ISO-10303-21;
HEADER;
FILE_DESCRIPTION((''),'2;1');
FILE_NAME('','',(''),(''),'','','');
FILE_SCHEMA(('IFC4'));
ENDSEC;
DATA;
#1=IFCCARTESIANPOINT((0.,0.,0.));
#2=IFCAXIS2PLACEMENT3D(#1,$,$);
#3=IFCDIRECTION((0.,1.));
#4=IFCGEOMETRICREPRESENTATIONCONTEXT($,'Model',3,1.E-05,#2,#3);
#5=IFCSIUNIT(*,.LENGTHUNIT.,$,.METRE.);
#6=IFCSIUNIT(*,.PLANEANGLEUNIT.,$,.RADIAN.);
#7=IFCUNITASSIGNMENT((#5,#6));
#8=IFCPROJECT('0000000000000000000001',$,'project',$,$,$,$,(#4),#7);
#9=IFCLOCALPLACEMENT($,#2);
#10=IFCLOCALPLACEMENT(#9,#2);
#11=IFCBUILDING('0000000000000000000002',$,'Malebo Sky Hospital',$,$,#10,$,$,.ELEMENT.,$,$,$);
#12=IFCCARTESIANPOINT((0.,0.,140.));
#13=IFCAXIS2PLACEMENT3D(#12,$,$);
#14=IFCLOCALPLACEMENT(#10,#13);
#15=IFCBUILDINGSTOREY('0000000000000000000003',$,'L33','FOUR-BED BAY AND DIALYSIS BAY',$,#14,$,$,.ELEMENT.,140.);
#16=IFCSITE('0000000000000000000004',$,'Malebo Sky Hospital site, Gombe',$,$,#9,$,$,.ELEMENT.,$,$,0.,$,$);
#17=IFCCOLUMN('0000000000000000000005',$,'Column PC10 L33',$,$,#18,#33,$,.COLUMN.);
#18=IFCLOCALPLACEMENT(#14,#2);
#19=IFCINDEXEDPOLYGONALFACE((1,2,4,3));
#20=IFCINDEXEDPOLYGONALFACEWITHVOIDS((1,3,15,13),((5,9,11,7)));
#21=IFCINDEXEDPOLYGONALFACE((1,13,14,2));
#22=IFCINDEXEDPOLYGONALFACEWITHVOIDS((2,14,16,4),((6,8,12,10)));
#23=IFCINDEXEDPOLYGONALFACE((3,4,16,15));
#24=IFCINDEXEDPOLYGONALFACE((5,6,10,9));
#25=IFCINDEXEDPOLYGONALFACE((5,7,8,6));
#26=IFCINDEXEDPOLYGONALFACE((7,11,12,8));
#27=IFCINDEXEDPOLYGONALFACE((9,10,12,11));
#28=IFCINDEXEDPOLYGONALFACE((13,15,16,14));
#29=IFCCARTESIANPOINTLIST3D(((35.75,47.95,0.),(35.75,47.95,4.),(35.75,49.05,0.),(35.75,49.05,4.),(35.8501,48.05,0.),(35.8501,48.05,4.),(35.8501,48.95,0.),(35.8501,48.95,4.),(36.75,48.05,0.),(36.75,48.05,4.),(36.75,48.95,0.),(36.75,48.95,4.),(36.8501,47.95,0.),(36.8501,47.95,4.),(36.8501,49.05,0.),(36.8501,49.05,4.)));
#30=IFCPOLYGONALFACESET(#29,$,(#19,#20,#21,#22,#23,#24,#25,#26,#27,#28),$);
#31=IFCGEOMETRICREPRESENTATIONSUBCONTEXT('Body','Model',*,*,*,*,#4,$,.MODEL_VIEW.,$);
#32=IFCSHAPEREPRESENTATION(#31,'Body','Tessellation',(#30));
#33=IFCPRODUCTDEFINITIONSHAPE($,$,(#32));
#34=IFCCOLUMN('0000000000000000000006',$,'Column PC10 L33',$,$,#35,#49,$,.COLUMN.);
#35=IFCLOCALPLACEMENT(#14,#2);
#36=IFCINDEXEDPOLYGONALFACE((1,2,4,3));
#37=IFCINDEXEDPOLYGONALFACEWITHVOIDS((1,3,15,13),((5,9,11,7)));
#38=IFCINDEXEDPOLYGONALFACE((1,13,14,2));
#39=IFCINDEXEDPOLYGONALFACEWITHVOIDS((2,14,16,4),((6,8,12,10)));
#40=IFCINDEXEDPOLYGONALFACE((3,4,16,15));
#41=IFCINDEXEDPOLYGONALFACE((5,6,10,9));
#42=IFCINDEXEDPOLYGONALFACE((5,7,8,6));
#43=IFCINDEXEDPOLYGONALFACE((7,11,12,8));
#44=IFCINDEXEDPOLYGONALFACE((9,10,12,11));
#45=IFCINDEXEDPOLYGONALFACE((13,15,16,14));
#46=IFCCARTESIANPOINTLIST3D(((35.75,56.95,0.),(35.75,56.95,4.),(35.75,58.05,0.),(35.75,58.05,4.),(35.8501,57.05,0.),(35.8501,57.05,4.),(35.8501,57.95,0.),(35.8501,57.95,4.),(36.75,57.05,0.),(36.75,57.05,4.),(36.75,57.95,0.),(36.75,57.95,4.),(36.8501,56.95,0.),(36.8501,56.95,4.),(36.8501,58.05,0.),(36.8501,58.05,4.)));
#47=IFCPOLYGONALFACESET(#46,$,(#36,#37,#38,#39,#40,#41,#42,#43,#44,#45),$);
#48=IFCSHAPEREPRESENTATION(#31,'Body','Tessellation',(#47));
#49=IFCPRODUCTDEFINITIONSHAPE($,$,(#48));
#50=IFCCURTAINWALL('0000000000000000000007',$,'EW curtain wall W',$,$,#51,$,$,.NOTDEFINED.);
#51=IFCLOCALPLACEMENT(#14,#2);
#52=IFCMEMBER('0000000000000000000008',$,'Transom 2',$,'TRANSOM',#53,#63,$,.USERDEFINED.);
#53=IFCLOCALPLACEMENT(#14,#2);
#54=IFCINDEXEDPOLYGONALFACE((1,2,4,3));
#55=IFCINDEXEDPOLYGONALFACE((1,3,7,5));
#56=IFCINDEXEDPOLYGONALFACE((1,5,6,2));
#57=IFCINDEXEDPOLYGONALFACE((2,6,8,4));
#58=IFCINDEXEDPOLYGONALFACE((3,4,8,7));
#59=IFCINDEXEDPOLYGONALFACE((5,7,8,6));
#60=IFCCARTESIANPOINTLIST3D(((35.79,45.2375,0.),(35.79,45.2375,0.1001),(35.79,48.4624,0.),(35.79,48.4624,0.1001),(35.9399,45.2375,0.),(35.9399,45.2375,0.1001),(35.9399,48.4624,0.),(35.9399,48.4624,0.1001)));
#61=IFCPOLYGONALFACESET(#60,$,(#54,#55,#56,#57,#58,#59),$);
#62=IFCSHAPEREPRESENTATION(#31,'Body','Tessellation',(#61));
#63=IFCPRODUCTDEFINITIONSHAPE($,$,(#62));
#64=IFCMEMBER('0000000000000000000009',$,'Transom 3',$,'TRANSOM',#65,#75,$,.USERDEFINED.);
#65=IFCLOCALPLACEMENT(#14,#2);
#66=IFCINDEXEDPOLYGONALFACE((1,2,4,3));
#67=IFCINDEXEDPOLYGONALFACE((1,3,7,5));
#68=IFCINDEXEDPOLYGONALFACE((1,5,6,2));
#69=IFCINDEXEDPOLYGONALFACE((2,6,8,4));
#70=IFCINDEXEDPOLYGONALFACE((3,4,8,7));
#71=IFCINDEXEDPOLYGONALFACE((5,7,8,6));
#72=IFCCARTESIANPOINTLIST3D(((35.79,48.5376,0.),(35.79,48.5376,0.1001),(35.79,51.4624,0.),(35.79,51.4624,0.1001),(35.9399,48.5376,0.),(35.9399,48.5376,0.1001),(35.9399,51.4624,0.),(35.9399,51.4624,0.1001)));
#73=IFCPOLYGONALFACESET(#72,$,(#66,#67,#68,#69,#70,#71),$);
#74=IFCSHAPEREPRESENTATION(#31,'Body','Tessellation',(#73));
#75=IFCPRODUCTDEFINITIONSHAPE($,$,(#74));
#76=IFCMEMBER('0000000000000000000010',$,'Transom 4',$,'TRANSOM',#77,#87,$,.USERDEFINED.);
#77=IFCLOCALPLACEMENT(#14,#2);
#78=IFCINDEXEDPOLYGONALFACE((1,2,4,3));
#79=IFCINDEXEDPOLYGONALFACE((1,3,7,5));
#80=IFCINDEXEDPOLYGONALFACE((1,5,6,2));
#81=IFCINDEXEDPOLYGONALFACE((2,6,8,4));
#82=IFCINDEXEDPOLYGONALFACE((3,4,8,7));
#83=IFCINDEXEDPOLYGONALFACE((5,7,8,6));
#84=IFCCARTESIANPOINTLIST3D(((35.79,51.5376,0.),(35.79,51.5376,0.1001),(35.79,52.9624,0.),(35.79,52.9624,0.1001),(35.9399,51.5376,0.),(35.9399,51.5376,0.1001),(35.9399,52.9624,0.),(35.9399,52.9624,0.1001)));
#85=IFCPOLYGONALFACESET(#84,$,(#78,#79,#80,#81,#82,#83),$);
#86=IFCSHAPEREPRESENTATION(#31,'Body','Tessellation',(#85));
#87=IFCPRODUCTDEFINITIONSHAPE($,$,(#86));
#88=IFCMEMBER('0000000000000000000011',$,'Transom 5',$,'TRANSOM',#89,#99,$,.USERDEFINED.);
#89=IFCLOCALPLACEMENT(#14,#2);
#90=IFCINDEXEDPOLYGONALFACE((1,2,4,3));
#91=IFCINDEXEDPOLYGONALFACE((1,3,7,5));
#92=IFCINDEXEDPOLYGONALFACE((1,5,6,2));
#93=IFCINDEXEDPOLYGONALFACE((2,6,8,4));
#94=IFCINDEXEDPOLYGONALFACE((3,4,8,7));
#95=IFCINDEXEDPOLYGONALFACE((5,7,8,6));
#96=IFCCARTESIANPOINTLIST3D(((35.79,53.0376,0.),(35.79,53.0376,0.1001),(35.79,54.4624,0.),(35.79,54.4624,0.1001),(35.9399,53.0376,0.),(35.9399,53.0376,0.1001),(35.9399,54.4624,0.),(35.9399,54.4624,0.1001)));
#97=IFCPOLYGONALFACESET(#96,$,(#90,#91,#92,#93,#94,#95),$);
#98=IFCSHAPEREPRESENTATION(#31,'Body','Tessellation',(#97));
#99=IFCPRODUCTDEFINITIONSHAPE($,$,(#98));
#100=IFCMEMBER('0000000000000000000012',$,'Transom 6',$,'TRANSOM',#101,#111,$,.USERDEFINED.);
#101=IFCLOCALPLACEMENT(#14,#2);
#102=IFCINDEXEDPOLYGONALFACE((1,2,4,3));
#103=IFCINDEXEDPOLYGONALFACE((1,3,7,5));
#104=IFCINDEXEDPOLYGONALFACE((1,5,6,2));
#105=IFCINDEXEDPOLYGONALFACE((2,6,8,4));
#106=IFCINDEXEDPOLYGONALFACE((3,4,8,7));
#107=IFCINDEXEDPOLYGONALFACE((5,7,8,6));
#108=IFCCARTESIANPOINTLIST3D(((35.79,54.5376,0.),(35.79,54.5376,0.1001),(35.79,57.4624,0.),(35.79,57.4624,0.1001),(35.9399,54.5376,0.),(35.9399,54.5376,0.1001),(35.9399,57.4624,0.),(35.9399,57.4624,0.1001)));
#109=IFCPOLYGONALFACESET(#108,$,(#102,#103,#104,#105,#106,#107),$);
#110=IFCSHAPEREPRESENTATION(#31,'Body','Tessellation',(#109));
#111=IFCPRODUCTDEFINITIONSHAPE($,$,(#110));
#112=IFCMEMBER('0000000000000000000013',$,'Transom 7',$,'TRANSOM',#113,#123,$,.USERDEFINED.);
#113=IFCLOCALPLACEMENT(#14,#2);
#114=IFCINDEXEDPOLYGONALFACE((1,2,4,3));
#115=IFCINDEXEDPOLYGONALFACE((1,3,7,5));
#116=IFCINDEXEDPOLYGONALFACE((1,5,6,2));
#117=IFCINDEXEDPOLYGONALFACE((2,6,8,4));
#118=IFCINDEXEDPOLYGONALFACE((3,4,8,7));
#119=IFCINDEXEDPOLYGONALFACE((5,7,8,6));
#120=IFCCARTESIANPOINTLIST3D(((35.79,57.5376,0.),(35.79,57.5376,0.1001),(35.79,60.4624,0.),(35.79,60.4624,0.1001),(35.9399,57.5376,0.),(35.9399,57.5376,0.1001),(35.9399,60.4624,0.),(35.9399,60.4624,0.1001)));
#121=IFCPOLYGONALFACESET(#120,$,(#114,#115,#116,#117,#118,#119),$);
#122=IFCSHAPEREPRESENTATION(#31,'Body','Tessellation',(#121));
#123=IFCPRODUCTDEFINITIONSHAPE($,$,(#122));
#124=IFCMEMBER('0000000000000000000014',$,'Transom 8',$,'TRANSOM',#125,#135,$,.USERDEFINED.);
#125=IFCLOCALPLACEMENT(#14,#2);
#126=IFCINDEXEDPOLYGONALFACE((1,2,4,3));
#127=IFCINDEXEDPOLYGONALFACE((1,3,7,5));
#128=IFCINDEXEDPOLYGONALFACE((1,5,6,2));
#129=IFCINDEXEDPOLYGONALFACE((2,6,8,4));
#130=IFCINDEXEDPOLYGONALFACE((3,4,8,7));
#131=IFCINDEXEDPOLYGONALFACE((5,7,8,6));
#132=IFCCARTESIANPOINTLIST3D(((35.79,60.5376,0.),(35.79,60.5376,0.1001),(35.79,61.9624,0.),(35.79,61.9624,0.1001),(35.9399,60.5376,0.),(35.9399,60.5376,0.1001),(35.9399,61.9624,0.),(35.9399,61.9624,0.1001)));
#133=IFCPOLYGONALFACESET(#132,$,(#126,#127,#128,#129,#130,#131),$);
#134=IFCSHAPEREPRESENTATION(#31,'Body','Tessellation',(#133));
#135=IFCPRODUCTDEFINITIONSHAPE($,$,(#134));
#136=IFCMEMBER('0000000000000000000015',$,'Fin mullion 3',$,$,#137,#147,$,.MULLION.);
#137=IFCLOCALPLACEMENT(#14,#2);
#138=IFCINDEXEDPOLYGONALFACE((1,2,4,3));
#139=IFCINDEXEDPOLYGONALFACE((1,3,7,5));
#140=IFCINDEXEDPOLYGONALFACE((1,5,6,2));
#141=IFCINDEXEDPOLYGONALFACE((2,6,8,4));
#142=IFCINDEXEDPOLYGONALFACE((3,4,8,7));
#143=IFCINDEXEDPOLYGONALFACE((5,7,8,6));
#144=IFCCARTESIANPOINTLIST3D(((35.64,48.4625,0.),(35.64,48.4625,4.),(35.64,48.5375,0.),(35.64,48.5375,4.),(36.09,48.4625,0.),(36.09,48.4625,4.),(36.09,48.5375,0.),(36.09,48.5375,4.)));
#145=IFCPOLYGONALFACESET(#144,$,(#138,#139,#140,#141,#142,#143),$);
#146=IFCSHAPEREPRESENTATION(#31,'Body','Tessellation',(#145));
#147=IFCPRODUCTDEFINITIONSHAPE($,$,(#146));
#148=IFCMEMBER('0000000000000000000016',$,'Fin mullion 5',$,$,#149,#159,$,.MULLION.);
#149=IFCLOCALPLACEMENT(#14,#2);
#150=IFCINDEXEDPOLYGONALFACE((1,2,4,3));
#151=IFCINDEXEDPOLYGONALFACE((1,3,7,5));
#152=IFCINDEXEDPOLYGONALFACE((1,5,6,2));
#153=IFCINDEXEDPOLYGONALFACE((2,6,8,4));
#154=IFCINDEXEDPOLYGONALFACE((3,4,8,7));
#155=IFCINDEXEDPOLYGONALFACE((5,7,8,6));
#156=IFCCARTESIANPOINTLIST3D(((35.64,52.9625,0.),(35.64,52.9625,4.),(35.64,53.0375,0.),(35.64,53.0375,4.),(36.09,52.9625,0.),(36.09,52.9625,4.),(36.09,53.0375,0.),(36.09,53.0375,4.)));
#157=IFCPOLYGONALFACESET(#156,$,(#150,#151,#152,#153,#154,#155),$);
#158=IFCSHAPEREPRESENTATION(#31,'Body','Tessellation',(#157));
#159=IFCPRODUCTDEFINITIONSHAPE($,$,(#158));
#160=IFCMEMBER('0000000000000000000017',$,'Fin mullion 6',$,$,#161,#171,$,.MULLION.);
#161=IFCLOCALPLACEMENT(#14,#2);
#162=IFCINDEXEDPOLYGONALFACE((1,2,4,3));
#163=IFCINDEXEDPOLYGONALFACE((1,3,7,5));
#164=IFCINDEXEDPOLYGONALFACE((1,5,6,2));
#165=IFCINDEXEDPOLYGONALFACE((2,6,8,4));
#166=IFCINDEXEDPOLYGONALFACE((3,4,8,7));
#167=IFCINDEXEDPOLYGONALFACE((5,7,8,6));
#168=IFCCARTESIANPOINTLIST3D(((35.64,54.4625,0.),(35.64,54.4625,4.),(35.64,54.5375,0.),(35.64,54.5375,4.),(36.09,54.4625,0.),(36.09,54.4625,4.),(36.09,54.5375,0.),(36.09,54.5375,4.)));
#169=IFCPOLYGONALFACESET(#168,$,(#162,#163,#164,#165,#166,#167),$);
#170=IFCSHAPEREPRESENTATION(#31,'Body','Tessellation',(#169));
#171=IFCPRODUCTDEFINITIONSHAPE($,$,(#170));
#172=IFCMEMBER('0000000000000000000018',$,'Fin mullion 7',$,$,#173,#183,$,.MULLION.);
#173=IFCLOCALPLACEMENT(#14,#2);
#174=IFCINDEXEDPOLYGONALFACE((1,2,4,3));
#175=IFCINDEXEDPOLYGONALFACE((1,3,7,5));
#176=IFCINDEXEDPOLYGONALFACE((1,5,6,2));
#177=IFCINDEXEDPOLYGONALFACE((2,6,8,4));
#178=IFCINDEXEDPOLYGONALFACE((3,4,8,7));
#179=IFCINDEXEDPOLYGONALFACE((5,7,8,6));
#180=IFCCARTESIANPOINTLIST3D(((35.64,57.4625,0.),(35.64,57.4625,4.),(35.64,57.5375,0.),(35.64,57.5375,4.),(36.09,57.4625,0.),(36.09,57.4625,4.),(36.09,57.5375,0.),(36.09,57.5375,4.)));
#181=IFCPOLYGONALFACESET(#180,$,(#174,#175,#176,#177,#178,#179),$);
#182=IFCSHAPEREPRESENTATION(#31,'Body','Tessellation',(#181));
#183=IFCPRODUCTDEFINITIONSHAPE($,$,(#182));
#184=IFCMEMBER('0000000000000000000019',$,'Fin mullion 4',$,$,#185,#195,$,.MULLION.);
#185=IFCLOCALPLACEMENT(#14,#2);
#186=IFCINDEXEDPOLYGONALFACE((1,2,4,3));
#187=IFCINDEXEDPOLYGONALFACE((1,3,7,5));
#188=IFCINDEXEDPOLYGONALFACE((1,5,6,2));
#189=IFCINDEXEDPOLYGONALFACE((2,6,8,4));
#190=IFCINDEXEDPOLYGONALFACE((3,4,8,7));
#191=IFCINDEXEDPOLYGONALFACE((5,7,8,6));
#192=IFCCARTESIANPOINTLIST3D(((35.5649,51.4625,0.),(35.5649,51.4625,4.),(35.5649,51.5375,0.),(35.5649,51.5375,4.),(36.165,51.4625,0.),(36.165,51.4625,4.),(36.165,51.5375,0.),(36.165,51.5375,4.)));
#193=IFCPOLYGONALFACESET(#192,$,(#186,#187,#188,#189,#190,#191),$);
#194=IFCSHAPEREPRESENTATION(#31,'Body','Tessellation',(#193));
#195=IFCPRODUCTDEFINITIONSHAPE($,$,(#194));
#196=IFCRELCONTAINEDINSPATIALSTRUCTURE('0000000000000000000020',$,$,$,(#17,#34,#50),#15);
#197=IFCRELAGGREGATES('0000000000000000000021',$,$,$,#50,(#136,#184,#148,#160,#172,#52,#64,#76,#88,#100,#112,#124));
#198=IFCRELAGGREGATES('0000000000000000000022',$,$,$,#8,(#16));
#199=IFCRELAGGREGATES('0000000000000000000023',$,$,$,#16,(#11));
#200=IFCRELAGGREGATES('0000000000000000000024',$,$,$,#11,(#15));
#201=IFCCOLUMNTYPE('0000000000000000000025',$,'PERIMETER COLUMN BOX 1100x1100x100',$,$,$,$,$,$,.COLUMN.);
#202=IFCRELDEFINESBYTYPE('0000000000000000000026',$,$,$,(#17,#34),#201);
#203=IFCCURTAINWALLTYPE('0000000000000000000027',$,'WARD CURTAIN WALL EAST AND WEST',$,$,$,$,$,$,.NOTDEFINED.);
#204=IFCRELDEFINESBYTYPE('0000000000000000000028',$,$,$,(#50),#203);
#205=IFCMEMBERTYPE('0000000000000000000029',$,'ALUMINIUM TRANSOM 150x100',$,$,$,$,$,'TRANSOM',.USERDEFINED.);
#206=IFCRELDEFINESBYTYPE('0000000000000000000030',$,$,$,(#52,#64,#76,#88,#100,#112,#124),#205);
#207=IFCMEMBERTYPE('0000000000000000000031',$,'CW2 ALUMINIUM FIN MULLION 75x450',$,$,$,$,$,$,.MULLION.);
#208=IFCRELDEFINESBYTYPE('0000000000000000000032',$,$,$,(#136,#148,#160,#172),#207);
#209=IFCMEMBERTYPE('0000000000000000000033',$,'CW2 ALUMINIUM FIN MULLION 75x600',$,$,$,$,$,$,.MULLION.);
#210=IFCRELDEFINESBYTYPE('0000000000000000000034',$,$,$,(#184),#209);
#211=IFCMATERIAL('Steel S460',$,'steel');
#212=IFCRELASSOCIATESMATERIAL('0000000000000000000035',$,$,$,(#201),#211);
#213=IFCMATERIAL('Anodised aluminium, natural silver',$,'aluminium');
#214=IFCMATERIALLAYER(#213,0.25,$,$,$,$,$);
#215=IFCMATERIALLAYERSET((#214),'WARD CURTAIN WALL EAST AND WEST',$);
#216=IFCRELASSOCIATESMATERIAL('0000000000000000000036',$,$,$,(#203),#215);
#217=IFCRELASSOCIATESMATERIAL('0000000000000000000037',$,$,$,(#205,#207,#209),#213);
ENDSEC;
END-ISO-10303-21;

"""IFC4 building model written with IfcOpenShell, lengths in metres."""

from ifc_helpers import new_model, si_unit, direction, frame, origin, origin_2d, place, context, subcontext, project, spatial, rectangle, hollow_rectangle, extrude, material, layer, layer_set, material_profile, profile_set, type_object, element, aggregate, save


model = new_model("IFC4")

# Units and contexts
model_context = context("Model", 3, precision=1e-05, world=origin(), true_north=direction((0.0, 1.0)))
body_context = subcontext(model_context, "Body", "Model", "MODEL_VIEW")
ifc_project = project(units=[si_unit("LENGTHUNIT", "METRE"), si_unit("PLANEANGLEUNIT", "RADIAN")], contexts=[model_context])

# Site, building, storey
site_placement = place(None, origin())
site = spatial("IfcSite", under=ifc_project, at=site_placement, Name="Malebo Sky Hospital site, Gombe", CompositionType="ELEMENT", RefElevation=0.0)
building_placement = place(site_placement, origin())
building = spatial("IfcBuilding", under=site, at=building_placement, Name="Malebo Sky Hospital", CompositionType="ELEMENT")
storey_placement = place(building_placement, frame((0.0, 0.0, 140.0)))
storey = spatial("IfcBuildingStorey", under=building, at=storey_placement, Name="L33", Description="FOUR-BED BAY AND DIALYSIS BAY", CompositionType="ELEMENT", Elevation=140.0)

# Columns
ifc_material_1 = material(Name="Steel S460", Category="steel")
ifc_material_profile_1 = material_profile(ifc_material_1, hollow_rectangle(XDim=1.1001, YDim=1.1001, WallThickness=0.1001, at=origin_2d()), Name="BOX 1100x1100x100")
ifc_profile_set_1 = profile_set([ifc_material_profile_1], Name="Steel S460")
column_type = type_object("IfcColumnType", Name="PERIMETER COLUMN BOX 1100x1100x100", PredefinedType="COLUMN", material=ifc_profile_set_1)
for number, where, z_axis, x_axis, name in (
    (1, (36.3, 48.5, 0.0), (0.0, 0.0, 1.0), (1.0, 0.0, 0.0), "Column PC10 L33"),
    (2, (36.3, 57.5, 0.0), (0.0, 0.0, 1.0), (1.0, 0.0, 0.0), "Column PC10 L33"),
):
    element("IfcColumn", number, at=place(storey_placement, frame(where, z_axis=z_axis, x_axis=x_axis)), inside=storey, type_object=column_type, Name=name, PredefinedType="COLUMN", context=body_context, shape_type="SweptSolid", body=[
        extrude(hollow_rectangle(XDim=1.1001, YDim=1.1001, WallThickness=0.1001, at=origin_2d()), origin(), (0.0, 0.0, 1.0), 4.0),
    ])

# Curtain wall, members
ifc_material_2 = material(Name="Anodised aluminium, natural silver", Category="aluminium")
ifc_layer_1 = layer(ifc_material_2, 0.25)
ifc_layer_set_1 = layer_set([ifc_layer_1], Name="WARD CURTAIN WALL EAST AND WEST")
curtain_wall_type = type_object("IfcCurtainWallType", Name="WARD CURTAIN WALL EAST AND WEST", PredefinedType="NOTDEFINED", material=ifc_layer_set_1)
curtain_wall_placement = place(storey_placement, origin())
curtain_wall = element("IfcCurtainWall", 3, at=curtain_wall_placement, inside=storey, type_object=curtain_wall_type, Name="EW curtain wall W", PredefinedType="NOTDEFINED")
ifc_material_profile_2 = material_profile(ifc_material_2, rectangle(XDim=0.1499, YDim=0.1001, at=origin_2d()), Name="ALUMINIUM TRANSOM 150x100")
ifc_profile_set_2 = profile_set([ifc_material_profile_2], Name="Anodised aluminium, natural silver")
member_type_1 = type_object("IfcMemberType", Name="ALUMINIUM TRANSOM 150x100", ElementType="TRANSOM", PredefinedType="USERDEFINED", material=ifc_profile_set_2)
member_1_placement = place(storey_placement, frame((35.865, 45.2375, 0.05), z_axis=(0.0, 1.0, 0.0), x_axis=(-1.0, 0.0, 0.0)))
member_1 = element("IfcMember", 4, at=member_1_placement, type_object=member_type_1, Name="Transom 2", ObjectType="TRANSOM", PredefinedType="USERDEFINED", context=body_context, shape_type="SweptSolid", body=[
    extrude(rectangle(XDim=0.1499, YDim=0.1001, at=origin_2d()), origin(), (0.0, 0.0, 1.0), 3.2249),
])
member_2_placement = place(storey_placement, frame((35.865, 48.5376, 0.05), z_axis=(0.0, 1.0, 0.0), x_axis=(-1.0, 0.0, 0.0)))
member_2 = element("IfcMember", 5, at=member_2_placement, type_object=member_type_1, Name="Transom 3", ObjectType="TRANSOM", PredefinedType="USERDEFINED", context=body_context, shape_type="SweptSolid", body=[
    extrude(rectangle(XDim=0.1499, YDim=0.1001, at=origin_2d()), origin(), (0.0, 0.0, 1.0), 2.9248),
])
member_3_placement = place(storey_placement, frame((35.865, 51.5376, 0.05), z_axis=(0.0, 1.0, 0.0), x_axis=(-1.0, 0.0, 0.0)))
member_3 = element("IfcMember", 6, at=member_3_placement, type_object=member_type_1, Name="Transom 4", ObjectType="TRANSOM", PredefinedType="USERDEFINED", context=body_context, shape_type="SweptSolid", body=[
    extrude(rectangle(XDim=0.1499, YDim=0.1001, at=origin_2d()), origin(), (0.0, 0.0, 1.0), 1.4248),
])
member_4_placement = place(storey_placement, frame((35.865, 53.0376, 0.05), z_axis=(0.0, 1.0, 0.0), x_axis=(-1.0, 0.0, 0.0)))
member_4 = element("IfcMember", 7, at=member_4_placement, type_object=member_type_1, Name="Transom 5", ObjectType="TRANSOM", PredefinedType="USERDEFINED", context=body_context, shape_type="SweptSolid", body=[
    extrude(rectangle(XDim=0.1499, YDim=0.1001, at=origin_2d()), origin(), (0.0, 0.0, 1.0), 1.4248),
])
member_5_placement = place(storey_placement, frame((35.865, 54.5376, 0.05), z_axis=(0.0, 1.0, 0.0), x_axis=(-1.0, 0.0, 0.0)))
member_5 = element("IfcMember", 8, at=member_5_placement, type_object=member_type_1, Name="Transom 6", ObjectType="TRANSOM", PredefinedType="USERDEFINED", context=body_context, shape_type="SweptSolid", body=[
    extrude(rectangle(XDim=0.1499, YDim=0.1001, at=origin_2d()), origin(), (0.0, 0.0, 1.0), 2.9248),
])
member_6_placement = place(storey_placement, frame((35.865, 57.5376, 0.05), z_axis=(0.0, 1.0, 0.0), x_axis=(-1.0, 0.0, 0.0)))
member_6 = element("IfcMember", 9, at=member_6_placement, type_object=member_type_1, Name="Transom 7", ObjectType="TRANSOM", PredefinedType="USERDEFINED", context=body_context, shape_type="SweptSolid", body=[
    extrude(rectangle(XDim=0.1499, YDim=0.1001, at=origin_2d()), origin(), (0.0, 0.0, 1.0), 2.9248),
])
member_7_placement = place(storey_placement, frame((35.865, 60.5376, 0.05), z_axis=(0.0, 1.0, 0.0), x_axis=(-1.0, 0.0, 0.0)))
member_7 = element("IfcMember", 10, at=member_7_placement, type_object=member_type_1, Name="Transom 8", ObjectType="TRANSOM", PredefinedType="USERDEFINED", context=body_context, shape_type="SweptSolid", body=[
    extrude(rectangle(XDim=0.1499, YDim=0.1001, at=origin_2d()), origin(), (0.0, 0.0, 1.0), 1.4248),
])
ifc_material_profile_3 = material_profile(ifc_material_2, rectangle(XDim=0.075, YDim=0.45, at=origin_2d()), Name="CW2 ALUMINIUM FIN MULLION 75x450")
ifc_profile_set_3 = profile_set([ifc_material_profile_3], Name="Anodised aluminium, natural silver")
member_type_2 = type_object("IfcMemberType", Name="CW2 ALUMINIUM FIN MULLION 75x450", PredefinedType="MULLION", material=ifc_profile_set_3)
member_8_placement = place(storey_placement, frame((35.865, 48.5, 0.0), z_axis=(0.0, 0.0, 1.0), x_axis=(0.0, 1.0, 0.0)))
member_8 = element("IfcMember", 11, at=member_8_placement, type_object=member_type_2, Name="Fin mullion 3", PredefinedType="MULLION", context=body_context, shape_type="SweptSolid", body=[
    extrude(rectangle(XDim=0.075, YDim=0.45, at=origin_2d()), origin(), (0.0, 0.0, 1.0), 4.0),
])
member_9_placement = place(storey_placement, frame((35.865, 53.0, 0.0), z_axis=(0.0, 0.0, 1.0), x_axis=(0.0, 1.0, 0.0)))
member_9 = element("IfcMember", 12, at=member_9_placement, type_object=member_type_2, Name="Fin mullion 5", PredefinedType="MULLION", context=body_context, shape_type="SweptSolid", body=[
    extrude(rectangle(XDim=0.075, YDim=0.45, at=origin_2d()), origin(), (0.0, 0.0, 1.0), 4.0),
])
member_10_placement = place(storey_placement, frame((35.865, 54.5, 0.0), z_axis=(0.0, 0.0, 1.0), x_axis=(0.0, 1.0, 0.0)))
member_10 = element("IfcMember", 13, at=member_10_placement, type_object=member_type_2, Name="Fin mullion 6", PredefinedType="MULLION", context=body_context, shape_type="SweptSolid", body=[
    extrude(rectangle(XDim=0.075, YDim=0.45, at=origin_2d()), origin(), (0.0, 0.0, 1.0), 4.0),
])
member_11_placement = place(storey_placement, frame((35.865, 57.5, 0.0), z_axis=(0.0, 0.0, 1.0), x_axis=(0.0, 1.0, 0.0)))
member_11 = element("IfcMember", 14, at=member_11_placement, type_object=member_type_2, Name="Fin mullion 7", PredefinedType="MULLION", context=body_context, shape_type="SweptSolid", body=[
    extrude(rectangle(XDim=0.075, YDim=0.45, at=origin_2d()), origin(), (0.0, 0.0, 1.0), 4.0),
])
ifc_material_profile_4 = material_profile(ifc_material_2, rectangle(XDim=0.075, YDim=0.6001, at=origin_2d()), Name="CW2 ALUMINIUM FIN MULLION 75x600")
ifc_profile_set_4 = profile_set([ifc_material_profile_4], Name="Anodised aluminium, natural silver")
member_type_3 = type_object("IfcMemberType", Name="CW2 ALUMINIUM FIN MULLION 75x600", PredefinedType="MULLION", material=ifc_profile_set_4)
member_12_placement = place(storey_placement, frame((35.865, 51.5, 0.0), z_axis=(0.0, 0.0, 1.0), x_axis=(0.0, 1.0, 0.0)))
member_12 = element("IfcMember", 15, at=member_12_placement, type_object=member_type_3, Name="Fin mullion 4", PredefinedType="MULLION", context=body_context, shape_type="SweptSolid", body=[
    extrude(rectangle(XDim=0.075, YDim=0.6001, at=origin_2d()), origin(), (0.0, 0.0, 1.0), 4.0),
])

aggregate(curtain_wall, [member_8, member_12, member_9, member_10, member_11, member_1, member_2, member_3, member_4, member_5, member_6, member_7])

save(model, "model.ifc")
